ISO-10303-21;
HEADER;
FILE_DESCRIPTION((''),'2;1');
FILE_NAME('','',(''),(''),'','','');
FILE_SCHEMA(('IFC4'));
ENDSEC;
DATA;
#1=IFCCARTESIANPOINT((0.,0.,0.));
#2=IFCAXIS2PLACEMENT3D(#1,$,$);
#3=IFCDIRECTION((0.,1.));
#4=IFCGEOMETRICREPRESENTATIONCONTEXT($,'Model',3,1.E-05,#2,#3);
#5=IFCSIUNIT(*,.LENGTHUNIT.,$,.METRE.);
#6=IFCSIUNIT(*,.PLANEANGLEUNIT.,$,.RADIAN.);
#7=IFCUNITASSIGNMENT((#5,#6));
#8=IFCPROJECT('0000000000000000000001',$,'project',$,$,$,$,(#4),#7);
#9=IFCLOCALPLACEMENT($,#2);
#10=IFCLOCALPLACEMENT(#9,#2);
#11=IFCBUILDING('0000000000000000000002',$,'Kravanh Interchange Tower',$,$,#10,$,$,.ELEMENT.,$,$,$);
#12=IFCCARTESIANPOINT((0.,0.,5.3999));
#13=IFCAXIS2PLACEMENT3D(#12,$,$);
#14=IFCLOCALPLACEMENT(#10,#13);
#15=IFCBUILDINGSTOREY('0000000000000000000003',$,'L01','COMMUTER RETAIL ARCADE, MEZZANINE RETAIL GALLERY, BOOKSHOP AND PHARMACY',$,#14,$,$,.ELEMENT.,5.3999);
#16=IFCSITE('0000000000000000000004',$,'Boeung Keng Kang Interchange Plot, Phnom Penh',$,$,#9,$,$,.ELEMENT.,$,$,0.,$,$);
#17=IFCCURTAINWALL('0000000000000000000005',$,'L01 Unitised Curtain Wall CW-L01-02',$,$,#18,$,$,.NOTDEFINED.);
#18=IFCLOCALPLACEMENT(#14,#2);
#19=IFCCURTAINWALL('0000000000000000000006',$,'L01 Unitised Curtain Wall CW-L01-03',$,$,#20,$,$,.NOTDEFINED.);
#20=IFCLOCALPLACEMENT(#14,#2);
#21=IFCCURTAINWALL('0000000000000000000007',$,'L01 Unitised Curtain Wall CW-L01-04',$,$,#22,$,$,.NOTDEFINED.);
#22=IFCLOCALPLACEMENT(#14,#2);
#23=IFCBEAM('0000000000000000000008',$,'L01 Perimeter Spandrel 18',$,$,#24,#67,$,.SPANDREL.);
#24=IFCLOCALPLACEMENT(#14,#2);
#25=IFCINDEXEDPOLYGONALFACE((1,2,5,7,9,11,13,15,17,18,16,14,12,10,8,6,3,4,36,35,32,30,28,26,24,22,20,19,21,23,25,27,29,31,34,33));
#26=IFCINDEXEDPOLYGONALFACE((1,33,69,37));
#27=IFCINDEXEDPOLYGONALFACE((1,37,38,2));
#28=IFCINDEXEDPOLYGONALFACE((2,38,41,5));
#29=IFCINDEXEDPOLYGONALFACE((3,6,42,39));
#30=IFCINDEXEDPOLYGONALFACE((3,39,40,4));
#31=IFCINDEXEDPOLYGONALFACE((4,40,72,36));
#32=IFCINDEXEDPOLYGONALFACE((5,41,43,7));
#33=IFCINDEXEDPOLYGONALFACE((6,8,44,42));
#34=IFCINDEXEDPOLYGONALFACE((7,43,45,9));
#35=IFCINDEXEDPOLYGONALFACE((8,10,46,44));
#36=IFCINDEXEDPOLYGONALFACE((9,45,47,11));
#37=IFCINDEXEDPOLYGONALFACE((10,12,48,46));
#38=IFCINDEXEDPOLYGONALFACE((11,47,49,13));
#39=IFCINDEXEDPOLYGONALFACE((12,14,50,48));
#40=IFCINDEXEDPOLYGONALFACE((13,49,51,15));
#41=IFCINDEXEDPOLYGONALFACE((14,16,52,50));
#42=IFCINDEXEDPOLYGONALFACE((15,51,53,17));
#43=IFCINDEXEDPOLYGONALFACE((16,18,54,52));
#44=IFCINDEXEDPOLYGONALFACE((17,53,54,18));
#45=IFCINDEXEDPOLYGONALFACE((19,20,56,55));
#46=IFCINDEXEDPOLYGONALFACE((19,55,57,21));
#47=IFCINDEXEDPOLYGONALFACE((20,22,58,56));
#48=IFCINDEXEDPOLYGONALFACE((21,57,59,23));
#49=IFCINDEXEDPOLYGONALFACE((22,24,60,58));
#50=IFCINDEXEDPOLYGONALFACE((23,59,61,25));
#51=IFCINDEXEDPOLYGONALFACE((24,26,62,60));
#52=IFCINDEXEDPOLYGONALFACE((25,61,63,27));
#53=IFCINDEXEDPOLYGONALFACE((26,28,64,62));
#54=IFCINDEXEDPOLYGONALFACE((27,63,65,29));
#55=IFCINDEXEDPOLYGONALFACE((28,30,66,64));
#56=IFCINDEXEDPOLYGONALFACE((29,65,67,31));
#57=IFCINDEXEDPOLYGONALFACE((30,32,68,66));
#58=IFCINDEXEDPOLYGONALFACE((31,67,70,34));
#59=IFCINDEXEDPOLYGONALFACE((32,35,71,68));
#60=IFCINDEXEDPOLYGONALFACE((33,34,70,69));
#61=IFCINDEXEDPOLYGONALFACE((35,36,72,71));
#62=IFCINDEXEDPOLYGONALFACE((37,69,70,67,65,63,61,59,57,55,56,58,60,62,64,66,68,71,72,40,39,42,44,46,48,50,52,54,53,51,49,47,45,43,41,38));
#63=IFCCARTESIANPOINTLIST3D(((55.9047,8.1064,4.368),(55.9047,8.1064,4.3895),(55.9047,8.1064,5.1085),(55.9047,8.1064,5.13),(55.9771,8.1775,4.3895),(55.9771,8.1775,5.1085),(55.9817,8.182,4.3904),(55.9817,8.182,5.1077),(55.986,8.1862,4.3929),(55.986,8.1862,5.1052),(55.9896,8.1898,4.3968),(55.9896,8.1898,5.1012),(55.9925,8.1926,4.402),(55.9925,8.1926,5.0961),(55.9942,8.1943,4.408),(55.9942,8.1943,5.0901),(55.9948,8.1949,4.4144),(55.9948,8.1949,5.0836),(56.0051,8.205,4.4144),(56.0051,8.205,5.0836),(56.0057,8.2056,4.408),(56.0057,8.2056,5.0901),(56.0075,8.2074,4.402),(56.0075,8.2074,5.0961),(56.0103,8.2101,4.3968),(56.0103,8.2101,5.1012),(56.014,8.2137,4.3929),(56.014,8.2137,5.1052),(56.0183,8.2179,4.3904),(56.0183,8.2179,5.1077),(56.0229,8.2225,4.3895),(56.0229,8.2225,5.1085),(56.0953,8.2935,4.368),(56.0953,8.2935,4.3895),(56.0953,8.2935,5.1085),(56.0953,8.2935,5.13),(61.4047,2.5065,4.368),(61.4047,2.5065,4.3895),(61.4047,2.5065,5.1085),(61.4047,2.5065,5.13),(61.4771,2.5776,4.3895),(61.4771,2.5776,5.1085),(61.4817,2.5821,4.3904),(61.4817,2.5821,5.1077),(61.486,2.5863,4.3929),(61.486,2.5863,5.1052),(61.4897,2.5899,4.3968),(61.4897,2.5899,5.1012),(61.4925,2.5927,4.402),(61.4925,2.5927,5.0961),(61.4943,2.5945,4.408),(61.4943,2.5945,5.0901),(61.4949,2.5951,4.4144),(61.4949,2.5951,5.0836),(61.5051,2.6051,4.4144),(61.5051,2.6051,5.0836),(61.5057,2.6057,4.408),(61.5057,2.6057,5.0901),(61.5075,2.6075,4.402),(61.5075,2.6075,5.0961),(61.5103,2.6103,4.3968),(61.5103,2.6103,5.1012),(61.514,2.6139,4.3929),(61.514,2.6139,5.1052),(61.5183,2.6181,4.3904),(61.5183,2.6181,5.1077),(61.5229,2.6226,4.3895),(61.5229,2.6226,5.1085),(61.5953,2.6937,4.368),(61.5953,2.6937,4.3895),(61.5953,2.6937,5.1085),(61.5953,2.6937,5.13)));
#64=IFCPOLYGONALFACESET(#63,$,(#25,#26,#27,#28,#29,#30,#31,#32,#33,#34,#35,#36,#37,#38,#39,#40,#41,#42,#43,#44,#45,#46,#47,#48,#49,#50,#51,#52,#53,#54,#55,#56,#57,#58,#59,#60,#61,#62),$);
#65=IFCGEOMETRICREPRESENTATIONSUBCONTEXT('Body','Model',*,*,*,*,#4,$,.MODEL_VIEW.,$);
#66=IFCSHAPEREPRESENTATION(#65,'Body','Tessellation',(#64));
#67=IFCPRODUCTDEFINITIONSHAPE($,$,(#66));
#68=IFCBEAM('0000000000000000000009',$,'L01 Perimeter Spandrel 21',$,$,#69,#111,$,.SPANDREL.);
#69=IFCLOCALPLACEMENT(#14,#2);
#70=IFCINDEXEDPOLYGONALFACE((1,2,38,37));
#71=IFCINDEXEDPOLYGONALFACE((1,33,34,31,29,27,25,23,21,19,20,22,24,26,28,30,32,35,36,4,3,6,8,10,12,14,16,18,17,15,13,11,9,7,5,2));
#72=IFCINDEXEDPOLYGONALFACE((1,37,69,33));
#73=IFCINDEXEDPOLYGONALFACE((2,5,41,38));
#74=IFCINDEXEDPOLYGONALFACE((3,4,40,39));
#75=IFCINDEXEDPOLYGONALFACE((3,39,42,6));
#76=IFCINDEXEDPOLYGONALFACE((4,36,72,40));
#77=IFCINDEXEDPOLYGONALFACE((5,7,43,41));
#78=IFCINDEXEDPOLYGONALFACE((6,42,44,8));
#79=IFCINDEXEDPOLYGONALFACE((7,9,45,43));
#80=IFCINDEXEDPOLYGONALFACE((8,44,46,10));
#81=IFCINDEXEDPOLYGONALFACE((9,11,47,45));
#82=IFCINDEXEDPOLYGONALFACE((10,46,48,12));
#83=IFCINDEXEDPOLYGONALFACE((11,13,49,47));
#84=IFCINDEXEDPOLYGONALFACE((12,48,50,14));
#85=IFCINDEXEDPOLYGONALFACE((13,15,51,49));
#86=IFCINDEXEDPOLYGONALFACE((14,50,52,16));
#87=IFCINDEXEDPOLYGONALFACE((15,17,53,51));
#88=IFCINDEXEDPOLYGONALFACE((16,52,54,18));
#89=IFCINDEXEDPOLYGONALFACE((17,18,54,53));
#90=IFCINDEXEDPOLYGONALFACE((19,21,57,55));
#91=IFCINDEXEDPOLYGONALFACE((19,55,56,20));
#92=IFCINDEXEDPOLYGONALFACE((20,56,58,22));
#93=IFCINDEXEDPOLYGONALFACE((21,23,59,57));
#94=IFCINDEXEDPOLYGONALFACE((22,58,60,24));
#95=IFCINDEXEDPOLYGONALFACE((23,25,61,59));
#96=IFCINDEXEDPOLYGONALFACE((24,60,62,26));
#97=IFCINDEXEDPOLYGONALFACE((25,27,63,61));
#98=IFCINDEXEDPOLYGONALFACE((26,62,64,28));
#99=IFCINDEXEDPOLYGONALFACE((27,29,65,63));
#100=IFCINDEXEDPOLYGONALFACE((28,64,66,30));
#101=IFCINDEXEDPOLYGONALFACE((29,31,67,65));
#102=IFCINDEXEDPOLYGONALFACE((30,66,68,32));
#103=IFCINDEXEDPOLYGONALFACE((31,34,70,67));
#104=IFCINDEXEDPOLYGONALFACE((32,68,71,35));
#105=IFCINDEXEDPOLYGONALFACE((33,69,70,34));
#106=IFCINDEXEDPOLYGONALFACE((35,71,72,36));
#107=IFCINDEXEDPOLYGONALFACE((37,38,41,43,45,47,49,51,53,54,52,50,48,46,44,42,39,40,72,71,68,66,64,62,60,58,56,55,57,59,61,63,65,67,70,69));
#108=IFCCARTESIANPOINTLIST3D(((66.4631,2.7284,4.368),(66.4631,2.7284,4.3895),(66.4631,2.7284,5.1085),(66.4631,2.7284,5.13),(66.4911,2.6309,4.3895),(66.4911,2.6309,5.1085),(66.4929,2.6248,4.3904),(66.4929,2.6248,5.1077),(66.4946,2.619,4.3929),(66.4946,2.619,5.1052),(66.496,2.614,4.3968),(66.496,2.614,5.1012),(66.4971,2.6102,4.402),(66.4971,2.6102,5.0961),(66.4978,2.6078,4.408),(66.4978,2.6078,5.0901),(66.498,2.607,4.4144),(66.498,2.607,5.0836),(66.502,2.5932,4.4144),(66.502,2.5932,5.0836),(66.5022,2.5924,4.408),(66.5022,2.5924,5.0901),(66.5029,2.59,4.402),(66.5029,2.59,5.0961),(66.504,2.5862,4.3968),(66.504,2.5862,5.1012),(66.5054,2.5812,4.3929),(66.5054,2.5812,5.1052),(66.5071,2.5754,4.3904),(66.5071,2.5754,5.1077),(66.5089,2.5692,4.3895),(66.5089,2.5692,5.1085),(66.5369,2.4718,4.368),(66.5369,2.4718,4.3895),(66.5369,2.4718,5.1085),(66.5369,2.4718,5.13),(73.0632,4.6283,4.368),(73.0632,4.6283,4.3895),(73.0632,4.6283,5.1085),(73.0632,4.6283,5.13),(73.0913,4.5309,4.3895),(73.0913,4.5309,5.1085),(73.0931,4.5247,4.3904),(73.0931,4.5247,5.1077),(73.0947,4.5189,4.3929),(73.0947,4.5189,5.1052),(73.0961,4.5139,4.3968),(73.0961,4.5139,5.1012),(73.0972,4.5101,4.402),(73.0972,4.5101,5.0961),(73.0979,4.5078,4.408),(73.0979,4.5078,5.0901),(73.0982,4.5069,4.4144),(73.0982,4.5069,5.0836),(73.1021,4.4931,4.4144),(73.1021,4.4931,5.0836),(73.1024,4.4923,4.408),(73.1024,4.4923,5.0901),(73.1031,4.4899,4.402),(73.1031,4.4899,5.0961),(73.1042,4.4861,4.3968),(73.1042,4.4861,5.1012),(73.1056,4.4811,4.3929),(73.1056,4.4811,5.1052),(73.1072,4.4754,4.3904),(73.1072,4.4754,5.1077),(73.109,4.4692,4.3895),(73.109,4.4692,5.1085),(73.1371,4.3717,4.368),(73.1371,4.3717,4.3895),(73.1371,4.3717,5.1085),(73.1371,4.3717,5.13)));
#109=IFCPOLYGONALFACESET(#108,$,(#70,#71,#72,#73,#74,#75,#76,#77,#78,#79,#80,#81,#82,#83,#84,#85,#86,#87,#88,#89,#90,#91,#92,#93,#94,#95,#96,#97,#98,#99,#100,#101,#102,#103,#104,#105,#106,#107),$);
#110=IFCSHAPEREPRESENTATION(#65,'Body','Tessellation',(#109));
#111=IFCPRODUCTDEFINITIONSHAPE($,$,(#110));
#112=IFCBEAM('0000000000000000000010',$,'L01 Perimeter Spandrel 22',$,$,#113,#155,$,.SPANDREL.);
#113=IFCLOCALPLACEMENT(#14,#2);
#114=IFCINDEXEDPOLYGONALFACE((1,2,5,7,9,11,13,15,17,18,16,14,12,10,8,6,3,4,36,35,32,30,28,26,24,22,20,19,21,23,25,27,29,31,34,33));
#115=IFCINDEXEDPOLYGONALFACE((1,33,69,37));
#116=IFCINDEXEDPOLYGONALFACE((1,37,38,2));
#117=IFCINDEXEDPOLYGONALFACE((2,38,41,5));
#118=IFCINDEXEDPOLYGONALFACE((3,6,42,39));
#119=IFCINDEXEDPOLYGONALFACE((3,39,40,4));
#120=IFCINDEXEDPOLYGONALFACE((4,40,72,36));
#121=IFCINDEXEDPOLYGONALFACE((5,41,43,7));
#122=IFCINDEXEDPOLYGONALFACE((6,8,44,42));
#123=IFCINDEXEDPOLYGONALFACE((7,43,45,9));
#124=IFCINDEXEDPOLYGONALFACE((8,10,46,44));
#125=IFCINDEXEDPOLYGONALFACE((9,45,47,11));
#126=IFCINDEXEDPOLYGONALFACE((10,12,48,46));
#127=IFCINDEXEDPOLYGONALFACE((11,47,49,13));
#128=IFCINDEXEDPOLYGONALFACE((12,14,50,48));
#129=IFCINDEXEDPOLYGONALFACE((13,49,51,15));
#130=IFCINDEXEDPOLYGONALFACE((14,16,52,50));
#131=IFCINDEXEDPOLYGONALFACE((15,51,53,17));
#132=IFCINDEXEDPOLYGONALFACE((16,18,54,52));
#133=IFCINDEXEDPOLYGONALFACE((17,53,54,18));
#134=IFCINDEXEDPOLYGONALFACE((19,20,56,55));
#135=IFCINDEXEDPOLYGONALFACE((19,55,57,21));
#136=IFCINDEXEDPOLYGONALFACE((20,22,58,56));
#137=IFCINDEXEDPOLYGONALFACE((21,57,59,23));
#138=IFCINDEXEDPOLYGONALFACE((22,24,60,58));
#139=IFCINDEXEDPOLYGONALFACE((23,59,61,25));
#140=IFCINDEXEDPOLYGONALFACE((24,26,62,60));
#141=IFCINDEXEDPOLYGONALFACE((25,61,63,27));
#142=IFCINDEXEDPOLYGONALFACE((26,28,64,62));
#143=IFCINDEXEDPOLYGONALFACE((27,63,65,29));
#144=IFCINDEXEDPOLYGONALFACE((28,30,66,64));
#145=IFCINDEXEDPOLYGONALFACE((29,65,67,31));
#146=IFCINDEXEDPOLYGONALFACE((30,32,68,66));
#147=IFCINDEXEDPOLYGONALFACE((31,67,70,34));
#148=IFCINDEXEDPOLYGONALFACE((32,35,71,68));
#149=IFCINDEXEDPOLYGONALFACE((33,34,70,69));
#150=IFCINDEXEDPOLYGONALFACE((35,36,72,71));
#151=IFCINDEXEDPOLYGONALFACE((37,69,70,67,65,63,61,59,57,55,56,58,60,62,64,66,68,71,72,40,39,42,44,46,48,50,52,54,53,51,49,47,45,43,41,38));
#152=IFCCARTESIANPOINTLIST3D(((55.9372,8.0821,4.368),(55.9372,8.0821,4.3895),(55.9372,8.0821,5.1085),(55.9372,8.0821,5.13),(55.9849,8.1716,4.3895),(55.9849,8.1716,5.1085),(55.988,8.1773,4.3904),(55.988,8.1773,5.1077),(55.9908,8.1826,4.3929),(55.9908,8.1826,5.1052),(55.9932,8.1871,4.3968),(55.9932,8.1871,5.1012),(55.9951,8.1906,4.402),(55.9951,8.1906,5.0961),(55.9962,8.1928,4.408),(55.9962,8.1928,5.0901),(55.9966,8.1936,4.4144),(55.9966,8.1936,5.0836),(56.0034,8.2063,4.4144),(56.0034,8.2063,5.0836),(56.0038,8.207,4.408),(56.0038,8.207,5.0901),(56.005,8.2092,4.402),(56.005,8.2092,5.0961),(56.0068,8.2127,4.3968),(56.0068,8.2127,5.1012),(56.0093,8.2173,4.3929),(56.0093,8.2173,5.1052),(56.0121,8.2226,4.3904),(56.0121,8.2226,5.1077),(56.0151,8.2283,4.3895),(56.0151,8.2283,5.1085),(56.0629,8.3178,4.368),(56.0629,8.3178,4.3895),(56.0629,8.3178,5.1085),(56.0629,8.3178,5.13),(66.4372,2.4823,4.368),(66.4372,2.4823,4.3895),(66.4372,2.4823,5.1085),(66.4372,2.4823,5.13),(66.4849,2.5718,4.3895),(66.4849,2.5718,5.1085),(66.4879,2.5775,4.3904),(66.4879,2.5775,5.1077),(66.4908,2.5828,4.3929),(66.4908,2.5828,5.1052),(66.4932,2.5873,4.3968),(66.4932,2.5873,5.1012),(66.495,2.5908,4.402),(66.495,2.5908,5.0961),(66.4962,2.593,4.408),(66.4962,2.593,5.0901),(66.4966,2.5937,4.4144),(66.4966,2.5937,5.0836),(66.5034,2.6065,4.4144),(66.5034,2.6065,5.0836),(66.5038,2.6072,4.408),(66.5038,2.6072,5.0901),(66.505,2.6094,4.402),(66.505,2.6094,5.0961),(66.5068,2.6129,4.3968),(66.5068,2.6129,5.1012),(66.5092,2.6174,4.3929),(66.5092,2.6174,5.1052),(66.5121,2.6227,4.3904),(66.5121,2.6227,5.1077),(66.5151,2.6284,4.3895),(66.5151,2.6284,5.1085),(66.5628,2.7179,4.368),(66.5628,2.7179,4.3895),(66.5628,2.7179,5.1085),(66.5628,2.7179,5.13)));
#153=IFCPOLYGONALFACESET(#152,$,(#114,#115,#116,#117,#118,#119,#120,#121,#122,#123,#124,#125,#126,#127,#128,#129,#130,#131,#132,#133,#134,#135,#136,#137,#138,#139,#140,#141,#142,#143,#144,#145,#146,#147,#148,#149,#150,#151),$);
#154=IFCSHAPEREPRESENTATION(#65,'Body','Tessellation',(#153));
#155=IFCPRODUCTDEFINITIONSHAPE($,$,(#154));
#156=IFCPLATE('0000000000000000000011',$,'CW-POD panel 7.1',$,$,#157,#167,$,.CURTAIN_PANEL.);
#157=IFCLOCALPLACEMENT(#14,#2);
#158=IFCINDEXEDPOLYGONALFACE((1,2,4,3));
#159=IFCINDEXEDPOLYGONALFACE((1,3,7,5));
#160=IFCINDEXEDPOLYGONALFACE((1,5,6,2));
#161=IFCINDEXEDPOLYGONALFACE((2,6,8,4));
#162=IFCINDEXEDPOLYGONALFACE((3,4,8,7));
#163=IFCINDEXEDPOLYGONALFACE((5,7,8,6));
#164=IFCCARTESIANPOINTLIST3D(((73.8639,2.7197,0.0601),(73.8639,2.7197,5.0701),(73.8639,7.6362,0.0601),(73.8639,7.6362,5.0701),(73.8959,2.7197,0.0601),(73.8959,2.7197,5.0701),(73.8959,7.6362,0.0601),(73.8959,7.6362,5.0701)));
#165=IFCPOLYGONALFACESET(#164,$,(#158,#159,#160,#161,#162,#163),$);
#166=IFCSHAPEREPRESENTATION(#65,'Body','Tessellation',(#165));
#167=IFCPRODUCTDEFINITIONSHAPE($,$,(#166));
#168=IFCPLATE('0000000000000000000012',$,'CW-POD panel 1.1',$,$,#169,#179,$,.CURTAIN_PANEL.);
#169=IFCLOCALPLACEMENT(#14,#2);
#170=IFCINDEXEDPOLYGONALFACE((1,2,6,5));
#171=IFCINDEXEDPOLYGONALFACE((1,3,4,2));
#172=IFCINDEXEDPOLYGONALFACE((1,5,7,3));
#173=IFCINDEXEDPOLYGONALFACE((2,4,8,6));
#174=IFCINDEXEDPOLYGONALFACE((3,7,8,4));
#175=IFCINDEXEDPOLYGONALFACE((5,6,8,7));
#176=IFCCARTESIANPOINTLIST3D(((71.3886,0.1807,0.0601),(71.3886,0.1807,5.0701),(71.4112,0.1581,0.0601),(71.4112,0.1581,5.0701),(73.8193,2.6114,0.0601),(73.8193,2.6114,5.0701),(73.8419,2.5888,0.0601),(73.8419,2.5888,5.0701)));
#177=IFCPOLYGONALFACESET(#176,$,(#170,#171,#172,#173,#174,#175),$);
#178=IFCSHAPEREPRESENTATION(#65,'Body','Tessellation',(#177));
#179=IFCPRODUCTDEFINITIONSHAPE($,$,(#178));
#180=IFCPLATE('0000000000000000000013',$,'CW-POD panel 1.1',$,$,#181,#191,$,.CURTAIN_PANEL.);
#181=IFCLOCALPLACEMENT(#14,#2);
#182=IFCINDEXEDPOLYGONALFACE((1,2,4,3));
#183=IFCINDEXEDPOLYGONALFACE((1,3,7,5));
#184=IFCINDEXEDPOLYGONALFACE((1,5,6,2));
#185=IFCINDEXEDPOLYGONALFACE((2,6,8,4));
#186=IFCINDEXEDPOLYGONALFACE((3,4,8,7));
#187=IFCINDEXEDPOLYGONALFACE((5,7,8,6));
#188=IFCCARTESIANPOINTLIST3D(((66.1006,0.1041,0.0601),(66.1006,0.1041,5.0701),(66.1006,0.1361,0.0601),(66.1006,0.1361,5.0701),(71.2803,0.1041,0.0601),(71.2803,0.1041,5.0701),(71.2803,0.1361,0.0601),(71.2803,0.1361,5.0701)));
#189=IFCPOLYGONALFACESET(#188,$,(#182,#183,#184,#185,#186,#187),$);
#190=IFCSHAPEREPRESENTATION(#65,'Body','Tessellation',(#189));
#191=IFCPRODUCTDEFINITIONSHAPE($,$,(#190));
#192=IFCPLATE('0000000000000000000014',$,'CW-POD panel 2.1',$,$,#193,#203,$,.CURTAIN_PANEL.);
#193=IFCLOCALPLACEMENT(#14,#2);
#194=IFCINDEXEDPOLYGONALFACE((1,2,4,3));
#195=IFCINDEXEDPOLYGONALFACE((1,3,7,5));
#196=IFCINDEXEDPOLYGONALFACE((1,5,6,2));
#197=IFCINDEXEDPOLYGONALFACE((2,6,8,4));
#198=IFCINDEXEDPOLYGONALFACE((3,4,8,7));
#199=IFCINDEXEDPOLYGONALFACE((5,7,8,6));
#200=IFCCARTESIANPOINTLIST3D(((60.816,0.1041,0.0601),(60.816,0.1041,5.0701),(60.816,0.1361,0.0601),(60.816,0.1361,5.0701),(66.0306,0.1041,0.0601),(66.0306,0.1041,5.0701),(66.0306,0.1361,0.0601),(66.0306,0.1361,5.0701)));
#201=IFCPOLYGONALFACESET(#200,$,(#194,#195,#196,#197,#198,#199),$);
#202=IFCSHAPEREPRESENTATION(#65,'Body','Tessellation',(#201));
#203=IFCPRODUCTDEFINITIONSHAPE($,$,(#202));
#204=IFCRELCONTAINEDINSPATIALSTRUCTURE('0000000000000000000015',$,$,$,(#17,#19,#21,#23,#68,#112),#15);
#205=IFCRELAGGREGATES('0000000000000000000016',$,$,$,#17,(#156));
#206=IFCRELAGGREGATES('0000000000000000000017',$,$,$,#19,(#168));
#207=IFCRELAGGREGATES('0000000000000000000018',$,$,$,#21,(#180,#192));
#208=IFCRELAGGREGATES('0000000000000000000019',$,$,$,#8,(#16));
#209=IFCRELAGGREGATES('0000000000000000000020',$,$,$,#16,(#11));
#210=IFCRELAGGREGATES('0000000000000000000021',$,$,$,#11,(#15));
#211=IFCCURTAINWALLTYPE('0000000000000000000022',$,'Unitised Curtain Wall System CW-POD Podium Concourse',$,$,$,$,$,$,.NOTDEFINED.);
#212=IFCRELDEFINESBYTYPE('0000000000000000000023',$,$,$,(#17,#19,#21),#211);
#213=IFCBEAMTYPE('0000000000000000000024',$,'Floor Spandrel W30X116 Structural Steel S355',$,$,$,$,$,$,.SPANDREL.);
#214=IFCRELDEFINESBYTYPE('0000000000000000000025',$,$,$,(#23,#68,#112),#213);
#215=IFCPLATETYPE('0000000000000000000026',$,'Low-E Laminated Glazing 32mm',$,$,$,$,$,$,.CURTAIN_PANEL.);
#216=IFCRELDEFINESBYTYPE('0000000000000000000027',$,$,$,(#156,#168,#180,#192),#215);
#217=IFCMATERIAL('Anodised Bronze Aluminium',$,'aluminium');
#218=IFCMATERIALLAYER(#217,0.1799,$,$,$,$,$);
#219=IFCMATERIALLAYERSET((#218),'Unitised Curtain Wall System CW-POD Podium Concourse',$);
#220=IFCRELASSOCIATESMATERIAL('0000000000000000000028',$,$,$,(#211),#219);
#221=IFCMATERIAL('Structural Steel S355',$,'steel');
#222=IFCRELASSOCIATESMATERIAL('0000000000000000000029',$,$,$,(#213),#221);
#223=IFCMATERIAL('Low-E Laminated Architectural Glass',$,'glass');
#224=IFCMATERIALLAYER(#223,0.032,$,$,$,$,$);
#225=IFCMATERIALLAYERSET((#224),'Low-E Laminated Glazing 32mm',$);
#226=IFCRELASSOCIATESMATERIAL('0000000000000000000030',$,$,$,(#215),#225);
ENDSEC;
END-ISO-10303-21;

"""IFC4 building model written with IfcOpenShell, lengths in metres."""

from ifc_helpers import new_model, si_unit, direction, frame, origin, origin_2d, place, context, subcontext, project, spatial, rectangle, i_section, extrude, material, layer, layer_set, material_profile, profile_set, type_object, element, aggregate, save


model = new_model("IFC4")

# Units and contexts
model_context = context("Model", 3, precision=1e-05, world=origin(), true_north=direction((0.0, 1.0)))
body_context = subcontext(model_context, "Body", "Model", "MODEL_VIEW")
ifc_project = project(units=[si_unit("LENGTHUNIT", "METRE"), si_unit("PLANEANGLEUNIT", "RADIAN")], contexts=[model_context])

# Site, building, storey
site_placement = place(None, origin())
site = spatial("IfcSite", under=ifc_project, at=site_placement, Name="Boeung Keng Kang Interchange Plot, Phnom Penh", CompositionType="ELEMENT", RefElevation=0.0)
building_placement = place(site_placement, origin())
building = spatial("IfcBuilding", under=site, at=building_placement, Name="Kravanh Interchange Tower", CompositionType="ELEMENT")
storey_placement = place(building_placement, frame((0.0, 0.0, 5.3999)))
storey = spatial("IfcBuildingStorey", under=building, at=storey_placement, Name="L01", Description="COMMUTER RETAIL ARCADE, MEZZANINE RETAIL GALLERY, BOOKSHOP AND PHARMACY", CompositionType="ELEMENT", Elevation=5.3999)

# Curtain wall
ifc_material_1 = material(Name="Anodised Bronze Aluminium", Category="aluminium")
ifc_layer_1 = layer(ifc_material_1, 0.1799)
ifc_layer_set_1 = layer_set([ifc_layer_1], Name="Unitised Curtain Wall System CW-POD Podium Concourse")
curtain_wall_type = type_object("IfcCurtainWallType", Name="Unitised Curtain Wall System CW-POD Podium Concourse", PredefinedType="NOTDEFINED", material=ifc_layer_set_1)
curtain_wall_1_placement = place(storey_placement, origin())
curtain_wall_1 = element("IfcCurtainWall", 1, at=curtain_wall_1_placement, inside=storey, type_object=curtain_wall_type, Name="L01 Unitised Curtain Wall CW-L01-02", PredefinedType="NOTDEFINED")

# Curtain walls
curtain_wall_2_placement = place(storey_placement, origin())
curtain_wall_2 = element("IfcCurtainWall", 2, at=curtain_wall_2_placement, inside=storey, type_object=curtain_wall_type, Name="L01 Unitised Curtain Wall CW-L01-03", PredefinedType="NOTDEFINED")
curtain_wall_3_placement = place(storey_placement, origin())
curtain_wall_3 = element("IfcCurtainWall", 3, at=curtain_wall_3_placement, inside=storey, type_object=curtain_wall_type, Name="L01 Unitised Curtain Wall CW-L01-04", PredefinedType="NOTDEFINED")

# Beams
ifc_material_2 = material(Name="Structural Steel S355", Category="steel")
ifc_material_profile_1 = material_profile(ifc_material_2, i_section(OverallWidth=0.2671, OverallDepth=0.762, WebThickness=0.0144, FlangeThickness=0.0215, FilletRadius=0.0249, at=origin_2d()), Name="W30X116")
ifc_profile_set_1 = profile_set([ifc_material_profile_1], Name="Structural Steel S355")
beam_type_1 = type_object("IfcBeamType", Name="Floor Spandrel W30X116 Structural Steel S355", PredefinedType="SPANDREL", material=ifc_profile_set_1)
beam_1_placement = place(storey_placement, frame((61.5, 2.6001, 4.749), z_axis=(-0.700717, 0.713439, 0.0), x_axis=(-0.713439, -0.700717, 0.0)))
element("IfcBeam", 4, at=beam_1_placement, inside=storey, type_object=beam_type_1, Name="L01 Perimeter Spandrel 18", PredefinedType="SPANDREL", context=body_context, shape_type="SweptSolid", body=[
    extrude(i_section(OverallWidth=0.2671, OverallDepth=0.762, WebThickness=0.0144, FlangeThickness=0.0215, FilletRadius=0.0249, at=origin_2d()), origin(), (0.0, 0.0, 1.0), 7.8491),
])
beam_2_placement = place(storey_placement, frame((66.5, 2.6001, 4.749), z_axis=(0.960977, 0.276627, 0.0), x_axis=(-0.276627, 0.960977, 0.0)))
element("IfcBeam", 5, at=beam_2_placement, inside=storey, type_object=beam_type_1, Name="L01 Perimeter Spandrel 21", PredefinedType="SPANDREL", context=body_context, shape_type="SweptSolid", body=[
    extrude(i_section(OverallWidth=0.2671, OverallDepth=0.762, WebThickness=0.0144, FlangeThickness=0.0215, FilletRadius=0.0249, at=origin_2d()), origin(), (0.0, 0.0, 1.0), 6.8682),
])
beam_3_placement = place(storey_placement, frame((66.5, 2.6001, 4.749), z_axis=(-0.882358, 0.470579, 0.0), x_axis=(-0.470579, -0.882358, 0.0)))
element("IfcBeam", 6, at=beam_3_placement, inside=storey, type_object=beam_type_1, Name="L01 Perimeter Spandrel 22", PredefinedType="SPANDREL", context=body_context, shape_type="SweptSolid", body=[
    extrude(i_section(OverallWidth=0.2671, OverallDepth=0.762, WebThickness=0.0144, FlangeThickness=0.0215, FilletRadius=0.0249, at=origin_2d()), origin(), (0.0, 0.0, 1.0), 11.8999),
])

# Plates
ifc_material_3 = material(Name="Low-E Laminated Architectural Glass", Category="glass")
ifc_layer_2 = layer(ifc_material_3, 0.032)
ifc_layer_set_2 = layer_set([ifc_layer_2], Name="Low-E Laminated Glazing 32mm")
plate_type = type_object("IfcPlateType", Name="Low-E Laminated Glazing 32mm", PredefinedType="CURTAIN_PANEL", material=ifc_layer_set_2)
plate_1_placement = place(storey_placement, frame((73.8799, 5.178, 0.0601), z_axis=(0.0, 0.0, 1.0), x_axis=(0.0, -1.0, 0.0)))
plate_1 = element("IfcPlate", 7, at=plate_1_placement, type_object=plate_type, Name="CW-POD panel 7.1", PredefinedType="CURTAIN_PANEL", context=body_context, shape_type="SweptSolid", body=[
    extrude(rectangle(XDim=4.9165, YDim=0.032, at=origin_2d()), origin(), (0.0, 0.0, 1.0), 5.01),
])
aggregate(curtain_wall_1, [plate_1])
plate_2_placement = place(storey_placement, frame((72.6152, 1.3848, 0.0601), z_axis=(0.0, 0.0, 1.0), x_axis=(-0.707107, -0.707107, 0.0)))
plate_2 = element("IfcPlate", 8, at=plate_2_placement, type_object=plate_type, Name="CW-POD panel 1.1", PredefinedType="CURTAIN_PANEL", context=body_context, shape_type="SweptSolid", body=[
    extrude(rectangle(XDim=3.4375, YDim=0.032, at=origin_2d()), origin(), (0.0, 0.0, 1.0), 5.01),
])
aggregate(curtain_wall_2, [plate_2])
plate_3_placement = place(storey_placement, frame((68.6904, 0.1201, 0.0601), z_axis=(0.0, 0.0, 1.0), x_axis=(-1.0, 0.0, 0.0)))
plate_3 = element("IfcPlate", 9, at=plate_3_placement, type_object=plate_type, Name="CW-POD panel 1.1", PredefinedType="CURTAIN_PANEL", context=body_context, shape_type="SweptSolid", body=[
    extrude(rectangle(XDim=5.1797, YDim=0.032, at=origin_2d()), origin(), (0.0, 0.0, 1.0), 5.01),
])
plate_4_placement = place(storey_placement, frame((63.4233, 0.1201, 0.0601), z_axis=(0.0, 0.0, 1.0), x_axis=(-1.0, 0.0, 0.0)))
plate_4 = element("IfcPlate", 10, at=plate_4_placement, type_object=plate_type, Name="CW-POD panel 2.1", PredefinedType="CURTAIN_PANEL", context=body_context, shape_type="SweptSolid", body=[
    extrude(rectangle(XDim=5.2146, YDim=0.032, at=origin_2d()), origin(), (0.0, 0.0, 1.0), 5.01),
])
aggregate(curtain_wall_3, [plate_3, plate_4])

save(model, "model.ifc")
